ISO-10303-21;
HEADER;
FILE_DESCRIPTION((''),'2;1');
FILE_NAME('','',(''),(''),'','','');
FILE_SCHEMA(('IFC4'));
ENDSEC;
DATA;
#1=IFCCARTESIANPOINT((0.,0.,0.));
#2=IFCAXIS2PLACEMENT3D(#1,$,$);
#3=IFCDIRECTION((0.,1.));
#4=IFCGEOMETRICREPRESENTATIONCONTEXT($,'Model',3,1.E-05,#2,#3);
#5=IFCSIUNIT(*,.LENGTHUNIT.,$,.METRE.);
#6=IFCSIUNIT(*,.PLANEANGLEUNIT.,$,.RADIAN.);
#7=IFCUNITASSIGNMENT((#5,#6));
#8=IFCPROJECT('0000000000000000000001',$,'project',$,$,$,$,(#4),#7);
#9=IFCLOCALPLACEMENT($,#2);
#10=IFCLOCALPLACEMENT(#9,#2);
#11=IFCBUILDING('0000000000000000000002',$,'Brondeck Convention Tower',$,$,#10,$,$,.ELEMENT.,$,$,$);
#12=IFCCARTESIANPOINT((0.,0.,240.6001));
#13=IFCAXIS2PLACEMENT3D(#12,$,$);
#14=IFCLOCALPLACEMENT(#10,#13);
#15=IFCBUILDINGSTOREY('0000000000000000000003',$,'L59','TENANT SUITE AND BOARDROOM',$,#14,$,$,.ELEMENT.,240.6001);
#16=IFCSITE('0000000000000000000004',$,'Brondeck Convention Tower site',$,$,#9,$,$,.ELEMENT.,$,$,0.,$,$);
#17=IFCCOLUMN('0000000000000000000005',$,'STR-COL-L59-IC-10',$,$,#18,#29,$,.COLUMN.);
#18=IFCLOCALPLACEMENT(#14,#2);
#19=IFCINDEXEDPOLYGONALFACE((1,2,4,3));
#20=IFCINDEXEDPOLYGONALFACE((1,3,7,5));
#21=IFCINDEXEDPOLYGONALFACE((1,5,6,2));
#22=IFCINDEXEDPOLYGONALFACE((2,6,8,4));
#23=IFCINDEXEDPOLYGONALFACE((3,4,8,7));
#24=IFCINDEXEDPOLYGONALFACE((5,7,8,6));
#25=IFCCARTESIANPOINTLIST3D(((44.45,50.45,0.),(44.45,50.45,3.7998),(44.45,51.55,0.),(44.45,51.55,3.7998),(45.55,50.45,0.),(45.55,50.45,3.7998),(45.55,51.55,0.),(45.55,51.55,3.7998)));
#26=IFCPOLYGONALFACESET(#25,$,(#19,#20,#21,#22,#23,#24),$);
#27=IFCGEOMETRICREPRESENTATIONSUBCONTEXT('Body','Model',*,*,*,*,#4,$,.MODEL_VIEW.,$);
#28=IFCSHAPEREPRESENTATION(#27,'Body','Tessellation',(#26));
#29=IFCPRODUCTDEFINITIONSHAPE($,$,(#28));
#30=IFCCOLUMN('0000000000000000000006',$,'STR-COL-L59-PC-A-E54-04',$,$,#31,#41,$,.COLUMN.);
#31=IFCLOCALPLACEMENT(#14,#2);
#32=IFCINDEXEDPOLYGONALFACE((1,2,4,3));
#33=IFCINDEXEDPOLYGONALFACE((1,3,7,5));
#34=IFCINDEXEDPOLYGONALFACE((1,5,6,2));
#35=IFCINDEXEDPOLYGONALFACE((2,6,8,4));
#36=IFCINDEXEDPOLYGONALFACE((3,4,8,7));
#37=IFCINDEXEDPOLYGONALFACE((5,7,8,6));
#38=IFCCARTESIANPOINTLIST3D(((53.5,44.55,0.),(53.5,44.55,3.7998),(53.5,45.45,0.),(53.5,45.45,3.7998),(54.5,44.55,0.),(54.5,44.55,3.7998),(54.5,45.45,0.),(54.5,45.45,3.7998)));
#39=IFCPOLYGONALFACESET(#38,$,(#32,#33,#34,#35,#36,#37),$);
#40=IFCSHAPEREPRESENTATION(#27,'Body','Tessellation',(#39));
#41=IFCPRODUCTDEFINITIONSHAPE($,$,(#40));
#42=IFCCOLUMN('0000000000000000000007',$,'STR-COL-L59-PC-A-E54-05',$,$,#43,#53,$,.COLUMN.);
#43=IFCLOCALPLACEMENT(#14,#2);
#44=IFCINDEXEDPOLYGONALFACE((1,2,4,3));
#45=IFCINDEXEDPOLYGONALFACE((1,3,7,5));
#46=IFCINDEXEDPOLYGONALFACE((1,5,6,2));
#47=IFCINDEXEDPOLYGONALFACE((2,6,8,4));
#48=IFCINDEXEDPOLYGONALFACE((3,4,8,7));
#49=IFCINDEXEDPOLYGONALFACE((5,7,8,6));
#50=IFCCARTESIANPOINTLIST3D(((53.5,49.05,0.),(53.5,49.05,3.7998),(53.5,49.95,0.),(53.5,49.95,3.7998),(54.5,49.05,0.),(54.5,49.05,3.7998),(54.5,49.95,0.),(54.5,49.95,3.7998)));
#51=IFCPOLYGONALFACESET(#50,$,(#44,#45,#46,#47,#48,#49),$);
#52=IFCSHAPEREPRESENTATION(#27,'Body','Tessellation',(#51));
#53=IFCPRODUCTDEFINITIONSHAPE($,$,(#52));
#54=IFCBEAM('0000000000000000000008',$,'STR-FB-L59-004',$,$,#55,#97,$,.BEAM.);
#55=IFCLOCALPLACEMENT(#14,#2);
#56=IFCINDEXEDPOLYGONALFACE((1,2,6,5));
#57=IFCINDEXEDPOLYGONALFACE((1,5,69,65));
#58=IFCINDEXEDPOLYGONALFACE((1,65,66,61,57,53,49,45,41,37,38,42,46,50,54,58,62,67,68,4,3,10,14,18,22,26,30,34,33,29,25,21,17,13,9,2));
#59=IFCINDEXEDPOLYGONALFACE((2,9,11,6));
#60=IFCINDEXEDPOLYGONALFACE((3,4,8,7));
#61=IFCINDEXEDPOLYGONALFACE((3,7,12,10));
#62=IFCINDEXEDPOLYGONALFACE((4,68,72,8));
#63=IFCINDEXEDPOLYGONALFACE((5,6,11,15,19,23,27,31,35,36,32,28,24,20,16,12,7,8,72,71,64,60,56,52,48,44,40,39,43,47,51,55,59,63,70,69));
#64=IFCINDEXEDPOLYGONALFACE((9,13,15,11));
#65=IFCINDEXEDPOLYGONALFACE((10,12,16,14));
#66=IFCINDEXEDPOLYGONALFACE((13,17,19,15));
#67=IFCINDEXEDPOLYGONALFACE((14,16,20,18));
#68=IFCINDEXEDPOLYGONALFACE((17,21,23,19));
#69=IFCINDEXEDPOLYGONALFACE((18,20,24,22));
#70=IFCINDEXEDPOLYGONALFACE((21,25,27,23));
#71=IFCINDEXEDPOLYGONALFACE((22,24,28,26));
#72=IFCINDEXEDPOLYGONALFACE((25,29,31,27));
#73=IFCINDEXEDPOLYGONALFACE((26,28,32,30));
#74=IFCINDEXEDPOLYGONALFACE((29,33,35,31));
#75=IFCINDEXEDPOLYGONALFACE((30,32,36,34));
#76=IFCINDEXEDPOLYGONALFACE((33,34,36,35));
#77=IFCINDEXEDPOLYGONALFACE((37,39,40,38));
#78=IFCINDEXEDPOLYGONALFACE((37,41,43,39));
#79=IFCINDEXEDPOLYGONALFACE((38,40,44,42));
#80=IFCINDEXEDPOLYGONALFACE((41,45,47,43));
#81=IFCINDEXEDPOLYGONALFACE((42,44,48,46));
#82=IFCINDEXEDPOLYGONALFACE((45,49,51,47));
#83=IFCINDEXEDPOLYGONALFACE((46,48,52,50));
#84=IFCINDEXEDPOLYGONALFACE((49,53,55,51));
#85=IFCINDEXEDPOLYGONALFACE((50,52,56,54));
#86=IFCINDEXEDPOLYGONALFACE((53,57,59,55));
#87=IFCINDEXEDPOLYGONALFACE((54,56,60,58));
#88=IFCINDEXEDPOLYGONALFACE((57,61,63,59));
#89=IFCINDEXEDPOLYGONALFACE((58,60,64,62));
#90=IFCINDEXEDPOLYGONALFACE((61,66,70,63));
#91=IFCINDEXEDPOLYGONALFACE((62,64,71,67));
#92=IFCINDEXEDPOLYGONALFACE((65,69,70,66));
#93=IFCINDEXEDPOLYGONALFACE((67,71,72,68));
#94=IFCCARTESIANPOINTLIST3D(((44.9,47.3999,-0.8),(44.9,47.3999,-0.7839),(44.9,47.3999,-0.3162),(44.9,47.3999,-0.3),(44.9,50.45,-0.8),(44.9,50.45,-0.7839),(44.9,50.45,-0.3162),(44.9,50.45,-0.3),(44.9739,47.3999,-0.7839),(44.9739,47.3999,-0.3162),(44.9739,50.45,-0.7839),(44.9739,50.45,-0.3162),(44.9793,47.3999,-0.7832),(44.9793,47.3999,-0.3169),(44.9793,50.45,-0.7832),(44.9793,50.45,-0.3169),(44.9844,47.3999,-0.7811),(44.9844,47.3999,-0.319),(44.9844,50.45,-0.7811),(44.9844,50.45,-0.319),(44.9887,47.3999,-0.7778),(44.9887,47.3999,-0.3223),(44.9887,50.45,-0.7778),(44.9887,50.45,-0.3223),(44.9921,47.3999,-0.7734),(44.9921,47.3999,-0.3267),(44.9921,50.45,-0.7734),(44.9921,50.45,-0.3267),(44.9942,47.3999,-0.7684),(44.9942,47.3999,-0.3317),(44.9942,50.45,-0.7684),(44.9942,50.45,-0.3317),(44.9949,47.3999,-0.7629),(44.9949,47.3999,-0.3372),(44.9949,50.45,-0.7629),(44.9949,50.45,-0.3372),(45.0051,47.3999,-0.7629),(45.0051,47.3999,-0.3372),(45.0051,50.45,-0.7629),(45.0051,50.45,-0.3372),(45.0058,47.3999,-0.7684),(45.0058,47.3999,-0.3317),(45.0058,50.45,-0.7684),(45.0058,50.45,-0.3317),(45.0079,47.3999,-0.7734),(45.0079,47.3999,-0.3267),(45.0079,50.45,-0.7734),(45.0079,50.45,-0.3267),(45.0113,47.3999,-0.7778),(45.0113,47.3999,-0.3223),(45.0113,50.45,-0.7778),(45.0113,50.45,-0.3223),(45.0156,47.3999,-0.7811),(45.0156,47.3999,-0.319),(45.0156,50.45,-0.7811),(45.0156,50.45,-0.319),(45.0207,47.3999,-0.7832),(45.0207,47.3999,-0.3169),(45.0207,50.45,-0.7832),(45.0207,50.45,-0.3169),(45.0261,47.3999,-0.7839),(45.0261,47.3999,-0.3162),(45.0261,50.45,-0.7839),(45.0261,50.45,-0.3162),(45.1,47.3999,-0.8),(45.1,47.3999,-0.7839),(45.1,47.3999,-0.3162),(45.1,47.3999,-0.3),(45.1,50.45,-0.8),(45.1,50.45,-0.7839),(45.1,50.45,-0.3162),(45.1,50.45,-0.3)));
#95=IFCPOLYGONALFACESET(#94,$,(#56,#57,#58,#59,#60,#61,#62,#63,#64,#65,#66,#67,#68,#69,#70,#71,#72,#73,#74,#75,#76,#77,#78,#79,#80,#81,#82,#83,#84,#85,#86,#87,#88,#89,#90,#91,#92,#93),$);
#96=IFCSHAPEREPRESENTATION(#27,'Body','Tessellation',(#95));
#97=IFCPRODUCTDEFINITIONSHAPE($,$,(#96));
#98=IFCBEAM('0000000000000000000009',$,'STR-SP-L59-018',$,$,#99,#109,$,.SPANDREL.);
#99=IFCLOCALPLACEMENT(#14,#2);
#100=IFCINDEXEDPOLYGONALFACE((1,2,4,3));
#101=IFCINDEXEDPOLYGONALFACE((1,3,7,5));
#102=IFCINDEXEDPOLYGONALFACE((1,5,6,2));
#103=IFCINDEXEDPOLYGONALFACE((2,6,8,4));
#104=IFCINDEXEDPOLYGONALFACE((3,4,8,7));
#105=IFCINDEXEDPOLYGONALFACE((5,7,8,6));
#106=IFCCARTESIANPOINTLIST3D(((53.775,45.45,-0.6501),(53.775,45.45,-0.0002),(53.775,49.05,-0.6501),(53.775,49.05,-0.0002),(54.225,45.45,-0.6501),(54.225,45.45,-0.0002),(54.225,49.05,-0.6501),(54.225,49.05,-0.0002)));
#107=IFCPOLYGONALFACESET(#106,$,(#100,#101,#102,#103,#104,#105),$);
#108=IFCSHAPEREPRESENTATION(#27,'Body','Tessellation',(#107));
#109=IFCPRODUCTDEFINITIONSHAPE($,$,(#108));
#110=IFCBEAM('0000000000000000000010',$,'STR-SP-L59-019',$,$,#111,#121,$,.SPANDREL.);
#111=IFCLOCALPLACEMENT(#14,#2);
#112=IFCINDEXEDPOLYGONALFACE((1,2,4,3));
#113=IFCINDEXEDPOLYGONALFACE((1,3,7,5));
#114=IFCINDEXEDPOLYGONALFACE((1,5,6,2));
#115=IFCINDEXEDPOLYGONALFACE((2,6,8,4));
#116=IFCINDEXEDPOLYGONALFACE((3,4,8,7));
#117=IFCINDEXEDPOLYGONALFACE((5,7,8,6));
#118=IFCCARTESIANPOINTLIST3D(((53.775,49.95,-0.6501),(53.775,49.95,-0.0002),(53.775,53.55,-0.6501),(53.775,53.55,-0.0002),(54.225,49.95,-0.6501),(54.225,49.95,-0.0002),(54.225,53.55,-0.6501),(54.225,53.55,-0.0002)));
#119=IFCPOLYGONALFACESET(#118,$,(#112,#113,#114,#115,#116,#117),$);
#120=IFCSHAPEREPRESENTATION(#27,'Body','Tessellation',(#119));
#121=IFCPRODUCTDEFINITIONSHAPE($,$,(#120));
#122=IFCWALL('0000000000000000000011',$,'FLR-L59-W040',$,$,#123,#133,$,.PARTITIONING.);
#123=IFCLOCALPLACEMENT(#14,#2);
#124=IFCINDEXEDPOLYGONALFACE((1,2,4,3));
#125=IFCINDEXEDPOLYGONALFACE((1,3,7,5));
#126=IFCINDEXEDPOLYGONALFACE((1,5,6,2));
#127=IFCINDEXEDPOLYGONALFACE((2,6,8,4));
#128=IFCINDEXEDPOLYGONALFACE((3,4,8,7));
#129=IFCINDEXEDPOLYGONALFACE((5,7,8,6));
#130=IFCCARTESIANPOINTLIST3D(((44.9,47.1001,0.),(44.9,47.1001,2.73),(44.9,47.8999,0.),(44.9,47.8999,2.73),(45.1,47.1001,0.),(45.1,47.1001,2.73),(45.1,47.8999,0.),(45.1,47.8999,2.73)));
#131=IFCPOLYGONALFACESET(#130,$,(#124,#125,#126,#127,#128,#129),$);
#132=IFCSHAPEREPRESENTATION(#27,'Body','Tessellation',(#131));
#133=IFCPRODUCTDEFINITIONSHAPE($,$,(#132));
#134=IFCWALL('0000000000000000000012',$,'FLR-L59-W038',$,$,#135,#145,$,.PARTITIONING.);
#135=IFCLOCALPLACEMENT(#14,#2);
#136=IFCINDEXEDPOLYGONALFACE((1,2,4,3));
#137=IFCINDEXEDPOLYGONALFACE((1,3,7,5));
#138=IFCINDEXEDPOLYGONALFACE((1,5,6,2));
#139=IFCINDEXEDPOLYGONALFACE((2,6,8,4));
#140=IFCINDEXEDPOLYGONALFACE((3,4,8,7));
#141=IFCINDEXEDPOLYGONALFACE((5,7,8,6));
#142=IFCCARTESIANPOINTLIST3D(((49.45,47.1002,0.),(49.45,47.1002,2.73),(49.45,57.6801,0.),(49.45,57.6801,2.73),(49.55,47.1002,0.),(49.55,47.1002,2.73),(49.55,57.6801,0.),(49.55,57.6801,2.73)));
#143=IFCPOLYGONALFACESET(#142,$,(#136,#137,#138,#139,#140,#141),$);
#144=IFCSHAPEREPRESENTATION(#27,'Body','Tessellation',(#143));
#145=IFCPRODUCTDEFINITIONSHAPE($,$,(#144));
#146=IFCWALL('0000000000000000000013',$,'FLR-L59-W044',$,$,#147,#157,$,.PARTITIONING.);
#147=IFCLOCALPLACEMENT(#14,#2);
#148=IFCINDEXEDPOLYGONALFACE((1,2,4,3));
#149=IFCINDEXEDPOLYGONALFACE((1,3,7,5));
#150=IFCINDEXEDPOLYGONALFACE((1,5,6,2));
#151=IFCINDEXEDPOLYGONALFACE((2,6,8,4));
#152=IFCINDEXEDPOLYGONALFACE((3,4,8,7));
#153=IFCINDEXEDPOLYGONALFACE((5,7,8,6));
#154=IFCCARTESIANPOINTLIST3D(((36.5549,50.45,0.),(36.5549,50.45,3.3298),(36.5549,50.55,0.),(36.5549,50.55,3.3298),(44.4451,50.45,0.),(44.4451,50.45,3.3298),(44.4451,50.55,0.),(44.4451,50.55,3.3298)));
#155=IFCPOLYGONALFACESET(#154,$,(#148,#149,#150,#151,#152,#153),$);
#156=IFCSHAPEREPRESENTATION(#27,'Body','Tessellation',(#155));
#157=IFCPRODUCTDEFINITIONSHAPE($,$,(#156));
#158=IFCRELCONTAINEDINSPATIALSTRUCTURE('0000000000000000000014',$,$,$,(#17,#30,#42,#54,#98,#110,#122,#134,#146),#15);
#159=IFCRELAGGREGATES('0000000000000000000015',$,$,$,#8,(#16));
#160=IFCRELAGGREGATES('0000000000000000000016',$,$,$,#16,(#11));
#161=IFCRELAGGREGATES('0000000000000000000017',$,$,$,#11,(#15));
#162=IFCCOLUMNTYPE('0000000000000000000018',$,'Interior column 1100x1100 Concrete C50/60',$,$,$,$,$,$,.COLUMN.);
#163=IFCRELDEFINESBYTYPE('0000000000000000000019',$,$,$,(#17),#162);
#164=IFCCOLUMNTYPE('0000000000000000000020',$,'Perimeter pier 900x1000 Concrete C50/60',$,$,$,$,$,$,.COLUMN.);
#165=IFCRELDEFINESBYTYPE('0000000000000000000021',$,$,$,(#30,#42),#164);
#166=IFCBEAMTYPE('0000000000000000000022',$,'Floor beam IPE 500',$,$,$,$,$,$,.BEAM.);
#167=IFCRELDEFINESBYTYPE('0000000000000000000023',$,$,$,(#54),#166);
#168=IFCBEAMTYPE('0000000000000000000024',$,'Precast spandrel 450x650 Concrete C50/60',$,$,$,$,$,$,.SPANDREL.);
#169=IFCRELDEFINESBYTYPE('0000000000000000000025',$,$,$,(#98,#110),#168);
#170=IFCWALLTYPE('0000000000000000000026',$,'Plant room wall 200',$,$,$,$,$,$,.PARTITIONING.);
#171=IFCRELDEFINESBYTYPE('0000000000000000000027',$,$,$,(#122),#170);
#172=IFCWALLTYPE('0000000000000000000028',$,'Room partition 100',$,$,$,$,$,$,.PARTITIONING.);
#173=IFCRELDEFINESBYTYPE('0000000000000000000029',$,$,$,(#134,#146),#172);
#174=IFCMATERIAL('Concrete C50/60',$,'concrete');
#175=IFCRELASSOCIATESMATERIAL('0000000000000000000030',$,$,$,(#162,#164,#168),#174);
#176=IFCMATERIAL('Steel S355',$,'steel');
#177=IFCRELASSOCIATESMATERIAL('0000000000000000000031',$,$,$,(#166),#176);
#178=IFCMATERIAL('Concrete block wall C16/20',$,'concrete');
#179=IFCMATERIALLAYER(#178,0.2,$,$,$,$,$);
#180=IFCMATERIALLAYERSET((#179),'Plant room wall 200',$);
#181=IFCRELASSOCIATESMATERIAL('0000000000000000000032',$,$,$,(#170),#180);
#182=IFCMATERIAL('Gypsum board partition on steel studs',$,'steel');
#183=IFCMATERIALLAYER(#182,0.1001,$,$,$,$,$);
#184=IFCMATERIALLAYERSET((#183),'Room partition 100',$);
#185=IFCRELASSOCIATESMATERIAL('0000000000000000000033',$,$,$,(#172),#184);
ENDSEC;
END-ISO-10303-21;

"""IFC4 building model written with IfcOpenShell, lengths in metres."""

from ifc_helpers import new_model, si_unit, direction, frame, frame_2d, origin, origin_2d, place, context, subcontext, project, spatial, rectangle, i_section, extrude, material, layer, layer_set, material_profile, profile_set, type_object, element, save


model = new_model("IFC4")

# Units and contexts
model_context = context("Model", 3, precision=1e-05, world=origin(), true_north=direction((0.0, 1.0)))
body_context = subcontext(model_context, "Body", "Model", "MODEL_VIEW")
ifc_project = project(units=[si_unit("LENGTHUNIT", "METRE"), si_unit("PLANEANGLEUNIT", "RADIAN")], contexts=[model_context])

# Site, building, storey
site_placement = place(None, origin())
site = spatial("IfcSite", under=ifc_project, at=site_placement, Name="Brondeck Convention Tower site", CompositionType="ELEMENT", RefElevation=0.0)
building_placement = place(site_placement, origin())
building = spatial("IfcBuilding", under=site, at=building_placement, Name="Brondeck Convention Tower", CompositionType="ELEMENT")
storey_placement = place(building_placement, frame((0.0, 0.0, 240.6001)))
storey = spatial("IfcBuildingStorey", under=building, at=storey_placement, Name="L59", Description="TENANT SUITE AND BOARDROOM", CompositionType="ELEMENT", Elevation=240.6001)

# Columns
ifc_material_1 = material(Name="Concrete C50/60", Category="concrete")
ifc_material_profile_1 = material_profile(ifc_material_1, rectangle(XDim=1.1001, YDim=1.1001, at=origin_2d()), Name="Interior column 1100x1100 Concrete C50/60")
ifc_profile_set_1 = profile_set([ifc_material_profile_1], Name="Concrete C50/60")
column_type_1 = type_object("IfcColumnType", Name="Interior column 1100x1100 Concrete C50/60", PredefinedType="COLUMN", material=ifc_profile_set_1)
column_placement = place(storey_placement, frame((45.0, 51.0, 0.0), z_axis=(0.0, 0.0, 1.0), x_axis=(1.0, 0.0, 0.0)))
element("IfcColumn", 1, at=column_placement, inside=storey, type_object=column_type_1, Name="STR-COL-L59-IC-10", PredefinedType="COLUMN", context=body_context, shape_type="SweptSolid", body=[
    extrude(rectangle(XDim=1.1001, YDim=1.1001, at=origin_2d()), origin(), (0.0, 0.0, 1.0), 3.7998),
])
ifc_material_profile_2 = material_profile(ifc_material_1, rectangle(XDim=0.8999, YDim=1.0, at=origin_2d()), Name="Perimeter pier 900x1000 Concrete C50/60")
ifc_profile_set_2 = profile_set([ifc_material_profile_2], Name="Concrete C50/60")
column_type_2 = type_object("IfcColumnType", Name="Perimeter pier 900x1000 Concrete C50/60", PredefinedType="COLUMN", material=ifc_profile_set_2)
for number, where, z_axis, x_axis, name in (
    (2, (54.0, 45.0, 0.0), (0.0, 0.0, 1.0), (0.0, 1.0, 0.0), "STR-COL-L59-PC-A-E54-04"),
    (3, (54.0, 49.5, 0.0), (0.0, 0.0, 1.0), (0.0, 1.0, 0.0), "STR-COL-L59-PC-A-E54-05"),
):
    element("IfcColumn", number, at=place(storey_placement, frame(where, z_axis=z_axis, x_axis=x_axis)), inside=storey, type_object=column_type_2, Name=name, PredefinedType="COLUMN", context=body_context, shape_type="SweptSolid", body=[
        extrude(rectangle(XDim=0.8999, YDim=1.0, at=origin_2d()), origin(), (0.0, 0.0, 1.0), 3.7998),
    ])

# Beams
ifc_material_2 = material(Name="Steel S355", Category="steel")
ifc_material_profile_3 = material_profile(ifc_material_2, i_section(OverallWidth=0.2, OverallDepth=0.5, WebThickness=0.0103, FlangeThickness=0.0161, FilletRadius=0.021, at=origin_2d()), Name="IPE 500")
ifc_profile_set_3 = profile_set([ifc_material_profile_3], Name="Steel S355")
beam_type_1 = type_object("IfcBeamType", Name="Floor beam IPE 500", PredefinedType="BEAM", material=ifc_profile_set_3)
beam_placement = place(storey_placement, frame((45.0, 47.3999, -0.55), z_axis=(0.0, 1.0, 0.0), x_axis=(-1.0, 0.0, 0.0)))
element("IfcBeam", 4, at=beam_placement, inside=storey, type_object=beam_type_1, Name="STR-FB-L59-004", PredefinedType="BEAM", context=body_context, shape_type="SweptSolid", body=[
    extrude(i_section(OverallWidth=0.2, OverallDepth=0.5, WebThickness=0.0103, FlangeThickness=0.0161, FilletRadius=0.021, at=origin_2d()), origin(), (0.0, 0.0, 1.0), 3.05),
])
ifc_material_profile_4 = material_profile(ifc_material_1, rectangle(XDim=0.45, YDim=0.6499, at=origin_2d()), Name="Precast spandrel 450x650 Concrete C50/60")
ifc_profile_set_4 = profile_set([ifc_material_profile_4], Name="Concrete C50/60")
beam_type_2 = type_object("IfcBeamType", Name="Precast spandrel 450x650 Concrete C50/60", PredefinedType="SPANDREL", material=ifc_profile_set_4)
for number, where, z_axis, x_axis, name in (
    (5, (54.0, 45.45, -0.3252), (0.0, 1.0, 0.0), (-1.0, 0.0, 0.0), "STR-SP-L59-018"),
    (6, (54.0, 49.95, -0.3252), (0.0, 1.0, 0.0), (-1.0, 0.0, 0.0), "STR-SP-L59-019"),
):
    element("IfcBeam", number, at=place(storey_placement, frame(where, z_axis=z_axis, x_axis=x_axis)), inside=storey, type_object=beam_type_2, Name=name, PredefinedType="SPANDREL", context=body_context, shape_type="SweptSolid", body=[
        extrude(rectangle(XDim=0.45, YDim=0.6499, at=origin_2d()), origin(), (0.0, 0.0, 1.0), 3.6001),
    ])

# Walls
ifc_material_3 = material(Name="Concrete block wall C16/20", Category="concrete")
ifc_layer_1 = layer(ifc_material_3, 0.2)
ifc_layer_set_1 = layer_set([ifc_layer_1], Name="Plant room wall 200")
wall_type_1 = type_object("IfcWallType", Name="Plant room wall 200", PredefinedType="PARTITIONING", material=ifc_layer_set_1)
wall_1_placement = place(storey_placement, frame((45.0, 47.8999, 0.0), z_axis=(0.0, 0.0, 1.0), x_axis=(0.0, -1.0, 0.0)))
element("IfcWall", 7, at=wall_1_placement, inside=storey, type_object=wall_type_1, Name="FLR-L59-W040", PredefinedType="PARTITIONING", context=body_context, shape_type="SweptSolid", body=[
    extrude(rectangle(XDim=0.7998, YDim=0.2, at=frame_2d((0.3999, 0.0))), origin(), (0.0, 0.0, 1.0), 2.73),
])
ifc_material_4 = material(Name="Gypsum board partition on steel studs", Category="steel")
ifc_layer_2 = layer(ifc_material_4, 0.1001)
ifc_layer_set_2 = layer_set([ifc_layer_2], Name="Room partition 100")
wall_type_2 = type_object("IfcWallType", Name="Room partition 100", PredefinedType="PARTITIONING", material=ifc_layer_set_2)
wall_2_placement = place(storey_placement, frame((49.5, 47.1001, 0.0), z_axis=(0.0, 0.0, 1.0), x_axis=(0.0, 1.0, 0.0)))
element("IfcWall", 8, at=wall_2_placement, inside=storey, type_object=wall_type_2, Name="FLR-L59-W038", PredefinedType="PARTITIONING", context=body_context, shape_type="SweptSolid", body=[
    extrude(rectangle(XDim=10.5798, YDim=0.1001, at=frame_2d((5.29, 0.0))), origin(), (0.0, 0.0, 1.0), 2.73),
])
wall_3_placement = place(storey_placement, frame((44.4451, 50.5, 0.0), z_axis=(0.0, 0.0, 1.0), x_axis=(-1.0, 0.0, 0.0)))
element("IfcWall", 9, at=wall_3_placement, inside=storey, type_object=wall_type_2, Name="FLR-L59-W044", PredefinedType="PARTITIONING", context=body_context, shape_type="SweptSolid", body=[
    extrude(rectangle(XDim=7.8901, YDim=0.1001, at=frame_2d((3.9451, 0.0))), origin(), (0.0, 0.0, 1.0), 3.3298),
])

save(model, "model.ifc")
